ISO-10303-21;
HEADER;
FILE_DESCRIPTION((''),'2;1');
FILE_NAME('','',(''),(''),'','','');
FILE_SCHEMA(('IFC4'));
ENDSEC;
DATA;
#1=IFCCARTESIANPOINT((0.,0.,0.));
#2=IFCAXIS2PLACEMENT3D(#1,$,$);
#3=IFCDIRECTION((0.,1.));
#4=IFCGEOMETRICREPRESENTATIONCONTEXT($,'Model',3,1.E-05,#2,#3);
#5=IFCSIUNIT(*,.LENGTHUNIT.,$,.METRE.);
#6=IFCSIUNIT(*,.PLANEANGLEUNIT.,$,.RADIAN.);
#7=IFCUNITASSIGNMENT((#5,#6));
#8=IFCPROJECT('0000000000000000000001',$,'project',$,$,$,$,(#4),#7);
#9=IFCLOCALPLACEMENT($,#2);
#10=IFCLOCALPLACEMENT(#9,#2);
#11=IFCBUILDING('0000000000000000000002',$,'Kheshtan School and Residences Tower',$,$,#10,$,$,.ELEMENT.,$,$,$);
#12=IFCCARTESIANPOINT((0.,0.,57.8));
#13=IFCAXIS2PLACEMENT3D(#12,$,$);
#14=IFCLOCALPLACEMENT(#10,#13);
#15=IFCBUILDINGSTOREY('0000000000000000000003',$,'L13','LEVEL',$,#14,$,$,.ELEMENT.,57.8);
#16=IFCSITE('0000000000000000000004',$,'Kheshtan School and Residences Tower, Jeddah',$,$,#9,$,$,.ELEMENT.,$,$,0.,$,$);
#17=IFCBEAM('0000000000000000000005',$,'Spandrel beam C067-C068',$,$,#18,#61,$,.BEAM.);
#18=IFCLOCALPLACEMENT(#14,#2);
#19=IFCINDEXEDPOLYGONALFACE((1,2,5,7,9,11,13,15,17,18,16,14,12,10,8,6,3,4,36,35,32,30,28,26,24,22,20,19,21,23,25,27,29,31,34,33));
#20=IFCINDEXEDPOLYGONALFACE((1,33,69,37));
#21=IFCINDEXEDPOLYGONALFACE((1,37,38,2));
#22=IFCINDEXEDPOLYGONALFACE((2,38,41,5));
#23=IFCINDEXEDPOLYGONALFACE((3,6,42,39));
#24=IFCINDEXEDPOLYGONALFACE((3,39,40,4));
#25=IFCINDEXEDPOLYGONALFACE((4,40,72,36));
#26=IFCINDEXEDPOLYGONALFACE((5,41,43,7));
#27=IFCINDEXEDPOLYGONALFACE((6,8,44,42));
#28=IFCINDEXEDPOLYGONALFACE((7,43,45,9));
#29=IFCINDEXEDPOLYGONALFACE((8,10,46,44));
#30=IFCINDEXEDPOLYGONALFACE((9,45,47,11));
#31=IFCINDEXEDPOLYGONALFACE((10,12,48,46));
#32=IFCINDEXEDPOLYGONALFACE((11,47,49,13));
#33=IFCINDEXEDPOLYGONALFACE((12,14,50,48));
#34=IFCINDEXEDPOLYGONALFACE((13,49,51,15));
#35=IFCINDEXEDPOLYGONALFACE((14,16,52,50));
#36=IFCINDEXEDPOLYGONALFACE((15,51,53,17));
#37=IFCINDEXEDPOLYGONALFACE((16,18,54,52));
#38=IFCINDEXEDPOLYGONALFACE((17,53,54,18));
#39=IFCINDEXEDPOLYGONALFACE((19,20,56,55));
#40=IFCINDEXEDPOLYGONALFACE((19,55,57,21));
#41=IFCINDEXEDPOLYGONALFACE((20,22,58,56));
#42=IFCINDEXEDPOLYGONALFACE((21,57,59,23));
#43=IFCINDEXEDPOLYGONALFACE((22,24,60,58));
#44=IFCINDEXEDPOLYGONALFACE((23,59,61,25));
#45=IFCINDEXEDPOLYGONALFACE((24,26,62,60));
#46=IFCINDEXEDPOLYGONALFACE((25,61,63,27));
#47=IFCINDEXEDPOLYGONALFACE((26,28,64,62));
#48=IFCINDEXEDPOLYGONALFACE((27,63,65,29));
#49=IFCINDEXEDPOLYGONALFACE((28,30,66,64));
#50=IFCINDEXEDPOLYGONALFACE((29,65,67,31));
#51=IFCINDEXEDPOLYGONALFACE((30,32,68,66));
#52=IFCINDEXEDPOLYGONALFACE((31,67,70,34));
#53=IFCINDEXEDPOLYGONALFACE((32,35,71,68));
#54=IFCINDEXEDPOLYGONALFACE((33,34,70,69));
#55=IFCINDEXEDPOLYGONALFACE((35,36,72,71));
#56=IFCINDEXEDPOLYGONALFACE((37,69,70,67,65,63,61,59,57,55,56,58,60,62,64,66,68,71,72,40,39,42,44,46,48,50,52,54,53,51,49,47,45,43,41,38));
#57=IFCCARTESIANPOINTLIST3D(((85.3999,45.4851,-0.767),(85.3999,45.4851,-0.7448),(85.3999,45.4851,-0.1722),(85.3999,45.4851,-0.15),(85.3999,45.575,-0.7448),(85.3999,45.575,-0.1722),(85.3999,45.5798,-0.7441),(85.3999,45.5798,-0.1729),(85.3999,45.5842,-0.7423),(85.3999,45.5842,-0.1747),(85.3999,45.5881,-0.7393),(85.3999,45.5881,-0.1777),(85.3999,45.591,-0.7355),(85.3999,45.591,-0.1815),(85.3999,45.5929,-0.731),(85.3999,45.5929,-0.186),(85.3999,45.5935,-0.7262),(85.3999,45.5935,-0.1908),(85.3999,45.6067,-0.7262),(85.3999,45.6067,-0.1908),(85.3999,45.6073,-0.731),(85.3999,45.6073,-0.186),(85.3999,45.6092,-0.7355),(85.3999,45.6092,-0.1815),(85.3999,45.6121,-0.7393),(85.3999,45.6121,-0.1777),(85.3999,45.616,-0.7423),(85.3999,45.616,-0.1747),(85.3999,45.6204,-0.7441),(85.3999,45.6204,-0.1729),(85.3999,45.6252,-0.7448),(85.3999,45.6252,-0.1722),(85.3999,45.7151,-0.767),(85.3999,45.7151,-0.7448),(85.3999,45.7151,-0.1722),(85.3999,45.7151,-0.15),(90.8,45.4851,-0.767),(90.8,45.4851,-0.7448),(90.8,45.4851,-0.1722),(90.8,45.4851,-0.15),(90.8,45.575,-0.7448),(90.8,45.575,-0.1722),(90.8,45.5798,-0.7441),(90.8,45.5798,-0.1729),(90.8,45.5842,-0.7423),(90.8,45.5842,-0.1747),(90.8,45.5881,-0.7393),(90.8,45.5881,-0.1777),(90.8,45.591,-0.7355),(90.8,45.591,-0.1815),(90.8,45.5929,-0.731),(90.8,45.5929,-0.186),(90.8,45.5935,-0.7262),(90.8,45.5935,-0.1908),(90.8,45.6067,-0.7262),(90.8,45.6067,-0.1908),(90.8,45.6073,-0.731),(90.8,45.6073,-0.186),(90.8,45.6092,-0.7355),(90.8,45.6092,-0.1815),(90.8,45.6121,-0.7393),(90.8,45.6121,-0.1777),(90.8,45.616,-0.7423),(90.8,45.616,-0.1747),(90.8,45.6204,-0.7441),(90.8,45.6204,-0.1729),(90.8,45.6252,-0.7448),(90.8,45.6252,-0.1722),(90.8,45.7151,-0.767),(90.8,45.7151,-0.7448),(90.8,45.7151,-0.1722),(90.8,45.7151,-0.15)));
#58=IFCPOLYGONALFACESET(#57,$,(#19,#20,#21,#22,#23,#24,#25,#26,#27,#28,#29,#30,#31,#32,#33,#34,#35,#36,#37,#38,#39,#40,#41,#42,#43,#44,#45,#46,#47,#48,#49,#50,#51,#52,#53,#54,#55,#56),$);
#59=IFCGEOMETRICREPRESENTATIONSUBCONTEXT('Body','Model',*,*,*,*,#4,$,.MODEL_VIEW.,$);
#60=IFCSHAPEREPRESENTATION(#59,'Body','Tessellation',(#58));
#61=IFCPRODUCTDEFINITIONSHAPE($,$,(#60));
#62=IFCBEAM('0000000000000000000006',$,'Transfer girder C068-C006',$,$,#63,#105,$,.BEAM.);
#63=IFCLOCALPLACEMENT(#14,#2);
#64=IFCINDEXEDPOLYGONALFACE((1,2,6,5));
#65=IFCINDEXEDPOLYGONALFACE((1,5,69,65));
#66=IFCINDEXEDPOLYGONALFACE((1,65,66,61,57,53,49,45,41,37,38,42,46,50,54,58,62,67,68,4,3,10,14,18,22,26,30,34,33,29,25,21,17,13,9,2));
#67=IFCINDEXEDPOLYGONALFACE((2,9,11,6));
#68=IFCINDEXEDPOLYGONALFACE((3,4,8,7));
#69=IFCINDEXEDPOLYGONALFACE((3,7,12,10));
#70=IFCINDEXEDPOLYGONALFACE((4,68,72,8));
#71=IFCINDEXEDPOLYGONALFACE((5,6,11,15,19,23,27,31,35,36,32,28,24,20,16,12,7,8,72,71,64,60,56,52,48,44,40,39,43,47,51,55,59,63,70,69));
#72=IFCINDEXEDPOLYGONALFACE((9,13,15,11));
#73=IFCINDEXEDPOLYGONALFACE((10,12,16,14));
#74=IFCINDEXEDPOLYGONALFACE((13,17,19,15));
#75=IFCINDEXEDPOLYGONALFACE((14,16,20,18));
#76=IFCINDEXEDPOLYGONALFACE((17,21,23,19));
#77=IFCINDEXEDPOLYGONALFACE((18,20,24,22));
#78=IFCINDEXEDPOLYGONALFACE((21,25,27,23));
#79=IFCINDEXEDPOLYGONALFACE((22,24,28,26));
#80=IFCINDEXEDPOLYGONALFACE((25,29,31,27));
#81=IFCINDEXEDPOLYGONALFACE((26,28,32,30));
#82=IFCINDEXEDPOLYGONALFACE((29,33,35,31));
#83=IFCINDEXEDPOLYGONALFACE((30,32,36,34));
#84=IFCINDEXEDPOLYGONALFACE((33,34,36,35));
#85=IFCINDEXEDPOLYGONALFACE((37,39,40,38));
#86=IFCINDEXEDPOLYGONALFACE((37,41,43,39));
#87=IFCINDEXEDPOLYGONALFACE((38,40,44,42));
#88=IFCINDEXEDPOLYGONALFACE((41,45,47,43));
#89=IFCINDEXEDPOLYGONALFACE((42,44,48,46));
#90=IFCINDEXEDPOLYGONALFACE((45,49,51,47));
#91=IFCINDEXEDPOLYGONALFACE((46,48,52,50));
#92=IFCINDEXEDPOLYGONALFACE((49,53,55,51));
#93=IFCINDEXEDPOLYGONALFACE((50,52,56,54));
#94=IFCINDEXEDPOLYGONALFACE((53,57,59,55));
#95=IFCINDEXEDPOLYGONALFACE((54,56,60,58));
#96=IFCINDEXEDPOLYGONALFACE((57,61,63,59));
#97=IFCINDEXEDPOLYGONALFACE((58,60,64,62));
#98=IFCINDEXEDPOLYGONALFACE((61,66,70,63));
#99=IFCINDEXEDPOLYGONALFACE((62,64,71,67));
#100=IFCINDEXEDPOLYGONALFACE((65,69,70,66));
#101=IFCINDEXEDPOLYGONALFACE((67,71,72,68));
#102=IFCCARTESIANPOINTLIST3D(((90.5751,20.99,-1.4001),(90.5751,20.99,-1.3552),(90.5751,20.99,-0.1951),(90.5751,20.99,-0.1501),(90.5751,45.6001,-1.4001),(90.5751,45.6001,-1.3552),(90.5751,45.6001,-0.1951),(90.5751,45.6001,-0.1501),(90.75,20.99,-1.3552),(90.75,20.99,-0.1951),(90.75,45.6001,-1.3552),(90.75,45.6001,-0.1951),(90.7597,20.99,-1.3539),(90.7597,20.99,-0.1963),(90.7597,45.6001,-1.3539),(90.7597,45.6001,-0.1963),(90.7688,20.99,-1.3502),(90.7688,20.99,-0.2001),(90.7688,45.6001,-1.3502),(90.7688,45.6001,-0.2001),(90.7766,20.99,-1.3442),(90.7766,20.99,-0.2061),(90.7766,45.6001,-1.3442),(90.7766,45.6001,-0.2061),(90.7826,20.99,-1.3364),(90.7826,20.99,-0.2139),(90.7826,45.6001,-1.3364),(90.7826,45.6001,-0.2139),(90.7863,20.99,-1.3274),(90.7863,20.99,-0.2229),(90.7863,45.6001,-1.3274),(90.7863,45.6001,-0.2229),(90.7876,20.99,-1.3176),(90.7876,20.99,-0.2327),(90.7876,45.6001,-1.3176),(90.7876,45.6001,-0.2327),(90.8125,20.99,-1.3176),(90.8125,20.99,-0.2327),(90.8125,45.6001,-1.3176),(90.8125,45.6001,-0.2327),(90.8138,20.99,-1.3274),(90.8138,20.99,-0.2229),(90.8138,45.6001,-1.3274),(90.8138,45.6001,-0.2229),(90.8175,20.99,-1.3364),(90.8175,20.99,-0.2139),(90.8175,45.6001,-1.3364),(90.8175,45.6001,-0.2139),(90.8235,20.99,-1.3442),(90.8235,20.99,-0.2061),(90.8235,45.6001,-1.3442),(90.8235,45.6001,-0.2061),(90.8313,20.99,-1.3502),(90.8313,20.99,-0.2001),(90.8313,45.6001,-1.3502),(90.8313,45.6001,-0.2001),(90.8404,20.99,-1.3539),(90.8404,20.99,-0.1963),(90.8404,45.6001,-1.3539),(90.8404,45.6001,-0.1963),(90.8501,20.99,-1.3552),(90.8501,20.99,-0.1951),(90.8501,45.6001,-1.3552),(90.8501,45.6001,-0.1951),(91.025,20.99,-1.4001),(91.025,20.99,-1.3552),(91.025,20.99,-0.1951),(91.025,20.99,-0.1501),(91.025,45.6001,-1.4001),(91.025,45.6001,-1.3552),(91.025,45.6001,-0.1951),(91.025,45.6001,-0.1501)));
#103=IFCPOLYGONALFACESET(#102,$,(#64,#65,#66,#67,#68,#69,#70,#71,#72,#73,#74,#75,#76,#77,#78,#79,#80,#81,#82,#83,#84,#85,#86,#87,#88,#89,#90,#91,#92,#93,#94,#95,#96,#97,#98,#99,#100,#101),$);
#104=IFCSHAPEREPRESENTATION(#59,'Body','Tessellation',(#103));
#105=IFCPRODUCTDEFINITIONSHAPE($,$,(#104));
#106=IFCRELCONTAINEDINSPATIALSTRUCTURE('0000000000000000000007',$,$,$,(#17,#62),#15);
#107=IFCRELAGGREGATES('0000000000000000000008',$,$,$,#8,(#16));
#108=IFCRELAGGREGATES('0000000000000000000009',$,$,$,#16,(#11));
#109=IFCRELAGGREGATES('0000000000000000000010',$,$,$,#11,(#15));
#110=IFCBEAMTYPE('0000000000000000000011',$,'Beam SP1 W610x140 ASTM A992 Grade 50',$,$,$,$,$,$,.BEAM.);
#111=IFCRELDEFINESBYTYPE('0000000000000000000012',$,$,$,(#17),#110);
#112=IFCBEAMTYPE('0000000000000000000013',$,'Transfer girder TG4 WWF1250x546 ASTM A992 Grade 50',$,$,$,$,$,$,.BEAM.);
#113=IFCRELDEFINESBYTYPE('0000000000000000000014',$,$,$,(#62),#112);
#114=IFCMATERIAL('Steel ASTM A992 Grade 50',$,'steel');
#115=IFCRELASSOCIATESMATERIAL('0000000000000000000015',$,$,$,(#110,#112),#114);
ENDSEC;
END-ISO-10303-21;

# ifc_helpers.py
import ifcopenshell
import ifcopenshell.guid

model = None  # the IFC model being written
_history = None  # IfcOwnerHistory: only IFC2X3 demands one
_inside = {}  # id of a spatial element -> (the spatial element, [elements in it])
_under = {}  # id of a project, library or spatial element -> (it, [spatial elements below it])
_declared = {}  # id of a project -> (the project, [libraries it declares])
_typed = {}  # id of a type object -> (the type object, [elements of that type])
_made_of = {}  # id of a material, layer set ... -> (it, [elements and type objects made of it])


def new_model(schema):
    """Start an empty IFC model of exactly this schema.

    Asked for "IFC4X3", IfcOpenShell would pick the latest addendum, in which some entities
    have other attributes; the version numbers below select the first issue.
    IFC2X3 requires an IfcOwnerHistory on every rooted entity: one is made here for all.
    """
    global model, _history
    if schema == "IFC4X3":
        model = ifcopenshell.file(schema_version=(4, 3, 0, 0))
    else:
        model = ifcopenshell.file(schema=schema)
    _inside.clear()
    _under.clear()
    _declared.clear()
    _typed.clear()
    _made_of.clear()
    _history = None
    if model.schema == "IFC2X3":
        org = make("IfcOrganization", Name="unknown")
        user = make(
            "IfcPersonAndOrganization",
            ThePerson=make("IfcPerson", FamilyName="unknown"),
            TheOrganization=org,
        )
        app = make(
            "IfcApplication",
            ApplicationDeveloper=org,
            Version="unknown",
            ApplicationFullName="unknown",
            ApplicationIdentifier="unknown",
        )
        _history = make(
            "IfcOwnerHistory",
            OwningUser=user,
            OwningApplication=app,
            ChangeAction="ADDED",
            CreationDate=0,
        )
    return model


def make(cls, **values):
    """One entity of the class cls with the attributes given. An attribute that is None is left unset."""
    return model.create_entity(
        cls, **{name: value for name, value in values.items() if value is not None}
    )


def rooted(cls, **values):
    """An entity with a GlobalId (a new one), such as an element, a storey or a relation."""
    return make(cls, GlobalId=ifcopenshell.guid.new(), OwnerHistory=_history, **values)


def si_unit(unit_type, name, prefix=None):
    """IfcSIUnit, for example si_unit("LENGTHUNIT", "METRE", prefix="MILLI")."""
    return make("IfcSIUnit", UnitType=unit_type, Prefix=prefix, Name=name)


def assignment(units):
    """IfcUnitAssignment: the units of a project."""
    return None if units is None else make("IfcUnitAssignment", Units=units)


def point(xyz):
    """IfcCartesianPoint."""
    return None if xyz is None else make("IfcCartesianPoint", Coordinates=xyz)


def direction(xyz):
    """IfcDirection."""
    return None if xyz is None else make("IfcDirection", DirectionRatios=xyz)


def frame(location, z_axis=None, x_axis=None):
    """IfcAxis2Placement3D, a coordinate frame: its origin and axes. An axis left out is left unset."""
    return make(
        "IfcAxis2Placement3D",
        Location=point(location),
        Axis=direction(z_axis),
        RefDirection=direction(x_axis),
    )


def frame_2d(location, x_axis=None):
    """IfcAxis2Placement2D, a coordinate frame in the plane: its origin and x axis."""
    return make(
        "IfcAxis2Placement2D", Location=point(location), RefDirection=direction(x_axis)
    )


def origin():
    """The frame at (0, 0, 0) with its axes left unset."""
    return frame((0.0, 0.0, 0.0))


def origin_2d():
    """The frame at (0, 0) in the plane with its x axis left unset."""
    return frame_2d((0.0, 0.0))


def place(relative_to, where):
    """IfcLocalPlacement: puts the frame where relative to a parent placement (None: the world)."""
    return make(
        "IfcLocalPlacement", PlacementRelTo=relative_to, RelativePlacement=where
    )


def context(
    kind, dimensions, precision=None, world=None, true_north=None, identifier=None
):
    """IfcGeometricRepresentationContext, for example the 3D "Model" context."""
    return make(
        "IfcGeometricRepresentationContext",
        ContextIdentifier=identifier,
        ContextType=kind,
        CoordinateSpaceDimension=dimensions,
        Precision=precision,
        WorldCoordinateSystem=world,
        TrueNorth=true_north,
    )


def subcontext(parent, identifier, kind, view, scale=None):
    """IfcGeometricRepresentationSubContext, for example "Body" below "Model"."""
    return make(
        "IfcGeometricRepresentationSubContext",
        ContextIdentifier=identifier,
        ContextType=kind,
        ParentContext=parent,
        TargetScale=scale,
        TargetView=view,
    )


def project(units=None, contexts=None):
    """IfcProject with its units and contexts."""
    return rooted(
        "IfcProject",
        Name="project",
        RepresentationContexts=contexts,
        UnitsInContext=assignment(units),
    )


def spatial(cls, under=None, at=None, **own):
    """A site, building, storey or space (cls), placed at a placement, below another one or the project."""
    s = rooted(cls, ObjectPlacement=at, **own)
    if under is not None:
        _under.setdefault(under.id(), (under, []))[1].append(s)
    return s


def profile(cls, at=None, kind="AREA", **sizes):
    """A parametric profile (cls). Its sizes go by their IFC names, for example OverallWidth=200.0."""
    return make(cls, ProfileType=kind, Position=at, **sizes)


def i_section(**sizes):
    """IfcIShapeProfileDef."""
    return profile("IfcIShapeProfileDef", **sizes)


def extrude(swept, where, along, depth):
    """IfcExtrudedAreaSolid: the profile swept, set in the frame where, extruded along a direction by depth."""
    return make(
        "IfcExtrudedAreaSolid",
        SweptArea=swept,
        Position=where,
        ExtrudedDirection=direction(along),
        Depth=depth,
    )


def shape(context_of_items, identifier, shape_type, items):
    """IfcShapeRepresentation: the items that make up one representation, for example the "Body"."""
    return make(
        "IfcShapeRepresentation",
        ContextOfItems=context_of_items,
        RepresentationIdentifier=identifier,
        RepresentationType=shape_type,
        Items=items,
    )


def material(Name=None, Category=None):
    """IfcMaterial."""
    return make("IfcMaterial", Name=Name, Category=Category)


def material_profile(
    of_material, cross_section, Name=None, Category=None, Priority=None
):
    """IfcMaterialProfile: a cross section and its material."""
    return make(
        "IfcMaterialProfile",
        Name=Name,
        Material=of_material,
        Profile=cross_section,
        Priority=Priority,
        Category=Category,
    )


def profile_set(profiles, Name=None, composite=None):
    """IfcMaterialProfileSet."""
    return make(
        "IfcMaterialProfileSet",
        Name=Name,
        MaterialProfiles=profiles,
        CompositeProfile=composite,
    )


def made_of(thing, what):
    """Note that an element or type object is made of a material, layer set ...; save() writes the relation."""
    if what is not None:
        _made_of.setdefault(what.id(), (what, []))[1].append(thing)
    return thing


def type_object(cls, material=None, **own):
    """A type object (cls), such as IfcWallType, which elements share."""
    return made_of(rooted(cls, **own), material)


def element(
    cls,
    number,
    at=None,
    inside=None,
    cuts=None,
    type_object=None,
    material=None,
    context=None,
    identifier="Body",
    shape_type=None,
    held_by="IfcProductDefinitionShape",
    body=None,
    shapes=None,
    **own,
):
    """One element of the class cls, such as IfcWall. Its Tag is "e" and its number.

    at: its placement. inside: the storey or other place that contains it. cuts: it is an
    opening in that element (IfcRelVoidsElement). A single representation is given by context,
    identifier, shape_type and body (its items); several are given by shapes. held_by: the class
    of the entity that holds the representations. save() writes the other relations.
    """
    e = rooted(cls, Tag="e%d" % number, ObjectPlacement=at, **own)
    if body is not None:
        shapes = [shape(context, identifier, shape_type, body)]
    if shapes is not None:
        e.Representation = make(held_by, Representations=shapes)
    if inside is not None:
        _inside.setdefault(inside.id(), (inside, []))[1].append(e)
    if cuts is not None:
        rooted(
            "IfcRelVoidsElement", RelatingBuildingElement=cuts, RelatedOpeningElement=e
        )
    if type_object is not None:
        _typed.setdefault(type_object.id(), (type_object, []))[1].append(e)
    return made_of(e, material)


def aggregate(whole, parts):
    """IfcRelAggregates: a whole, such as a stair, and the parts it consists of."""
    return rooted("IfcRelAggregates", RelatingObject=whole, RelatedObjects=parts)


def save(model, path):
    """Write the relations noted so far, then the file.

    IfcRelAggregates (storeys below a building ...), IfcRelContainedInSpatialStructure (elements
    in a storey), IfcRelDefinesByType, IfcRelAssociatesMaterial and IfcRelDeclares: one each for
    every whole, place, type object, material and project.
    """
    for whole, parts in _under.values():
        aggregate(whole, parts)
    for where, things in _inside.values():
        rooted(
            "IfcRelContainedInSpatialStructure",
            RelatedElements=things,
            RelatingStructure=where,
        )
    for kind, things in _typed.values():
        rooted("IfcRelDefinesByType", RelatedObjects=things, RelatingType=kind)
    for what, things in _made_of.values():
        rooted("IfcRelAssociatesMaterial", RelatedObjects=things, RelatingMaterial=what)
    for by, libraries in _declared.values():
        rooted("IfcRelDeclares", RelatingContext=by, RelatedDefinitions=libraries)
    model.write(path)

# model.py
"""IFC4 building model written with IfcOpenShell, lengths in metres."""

from ifc_helpers import new_model, si_unit, direction, frame, origin, origin_2d, place, context, subcontext, project, spatial, i_section, extrude, material, material_profile, profile_set, type_object, element, save


model = new_model("IFC4")

# Units and contexts
model_context = context("Model", 3, precision=1e-05, world=origin(), true_north=direction((0.0, 1.0)))
body_context = subcontext(model_context, "Body", "Model", "MODEL_VIEW")
ifc_project = project(units=[si_unit("LENGTHUNIT", "METRE"), si_unit("PLANEANGLEUNIT", "RADIAN")], contexts=[model_context])

# Site, building, storey
site_placement = place(None, origin())
site = spatial("IfcSite", under=ifc_project, at=site_placement, Name="Kheshtan School and Residences Tower, Jeddah", CompositionType="ELEMENT", RefElevation=0.0)
building_placement = place(site_placement, origin())
building = spatial("IfcBuilding", under=site, at=building_placement, Name="Kheshtan School and Residences Tower", CompositionType="ELEMENT")
storey_placement = place(building_placement, frame((0.0, 0.0, 57.8)))
storey = spatial("IfcBuildingStorey", under=building, at=storey_placement, Name="L13", Description="LEVEL", CompositionType="ELEMENT", Elevation=57.8)

# Shared definitions
ifc_material = material(Name="Steel ASTM A992 Grade 50", Category="steel")

# Beams
ifc_material_profile_1 = material_profile(ifc_material, i_section(OverallWidth=0.23, OverallDepth=0.6169, WebThickness=0.0132, FlangeThickness=0.0222, FilletRadius=0.0186, at=origin_2d()), Name="W610x140")
ifc_profile_set_1 = profile_set([ifc_material_profile_1], Name="Steel ASTM A992 Grade 50")
beam_type_1 = type_object("IfcBeamType", Name="Beam SP1 W610x140 ASTM A992 Grade 50", PredefinedType="BEAM", material=ifc_profile_set_1)
beam_1_placement = place(storey_placement, frame((85.3999, 45.6001, -0.4585), z_axis=(1.0, 0.0, 0.0), x_axis=(0.0, 1.0, 0.0)))
element("IfcBeam", 1, at=beam_1_placement, inside=storey, type_object=beam_type_1, Name="Spandrel beam C067-C068", PredefinedType="BEAM", context=body_context, shape_type="SweptSolid", body=[
    extrude(i_section(OverallWidth=0.23, OverallDepth=0.6169, WebThickness=0.0132, FlangeThickness=0.0222, FilletRadius=0.0186, at=origin_2d()), origin(), (0.0, 0.0, 1.0), 5.4001),
])
ifc_material_profile_2 = material_profile(ifc_material, i_section(OverallWidth=0.45, OverallDepth=1.25, WebThickness=0.0249, FlangeThickness=0.0449, FilletRadius=0.0376, at=origin_2d()), Name="WWF1250x546")
ifc_profile_set_2 = profile_set([ifc_material_profile_2], Name="Steel ASTM A992 Grade 50")
beam_type_2 = type_object("IfcBeamType", Name="Transfer girder TG4 WWF1250x546 ASTM A992 Grade 50", PredefinedType="BEAM", material=ifc_profile_set_2)
beam_2_placement = place(storey_placement, frame((90.8, 45.6001, -0.7751), z_axis=(0.0, -1.0, 0.0), x_axis=(1.0, 0.0, 0.0)))
element("IfcBeam", 2, at=beam_2_placement, inside=storey, type_object=beam_type_2, Name="Transfer girder C068-C006", PredefinedType="BEAM", context=body_context, shape_type="SweptSolid", body=[
    extrude(i_section(OverallWidth=0.45, OverallDepth=1.25, WebThickness=0.0249, FlangeThickness=0.0449, FilletRadius=0.0376, at=origin_2d()), origin(), (0.0, 0.0, 1.0), 24.6101),
])

save(model, "model.ifc")
